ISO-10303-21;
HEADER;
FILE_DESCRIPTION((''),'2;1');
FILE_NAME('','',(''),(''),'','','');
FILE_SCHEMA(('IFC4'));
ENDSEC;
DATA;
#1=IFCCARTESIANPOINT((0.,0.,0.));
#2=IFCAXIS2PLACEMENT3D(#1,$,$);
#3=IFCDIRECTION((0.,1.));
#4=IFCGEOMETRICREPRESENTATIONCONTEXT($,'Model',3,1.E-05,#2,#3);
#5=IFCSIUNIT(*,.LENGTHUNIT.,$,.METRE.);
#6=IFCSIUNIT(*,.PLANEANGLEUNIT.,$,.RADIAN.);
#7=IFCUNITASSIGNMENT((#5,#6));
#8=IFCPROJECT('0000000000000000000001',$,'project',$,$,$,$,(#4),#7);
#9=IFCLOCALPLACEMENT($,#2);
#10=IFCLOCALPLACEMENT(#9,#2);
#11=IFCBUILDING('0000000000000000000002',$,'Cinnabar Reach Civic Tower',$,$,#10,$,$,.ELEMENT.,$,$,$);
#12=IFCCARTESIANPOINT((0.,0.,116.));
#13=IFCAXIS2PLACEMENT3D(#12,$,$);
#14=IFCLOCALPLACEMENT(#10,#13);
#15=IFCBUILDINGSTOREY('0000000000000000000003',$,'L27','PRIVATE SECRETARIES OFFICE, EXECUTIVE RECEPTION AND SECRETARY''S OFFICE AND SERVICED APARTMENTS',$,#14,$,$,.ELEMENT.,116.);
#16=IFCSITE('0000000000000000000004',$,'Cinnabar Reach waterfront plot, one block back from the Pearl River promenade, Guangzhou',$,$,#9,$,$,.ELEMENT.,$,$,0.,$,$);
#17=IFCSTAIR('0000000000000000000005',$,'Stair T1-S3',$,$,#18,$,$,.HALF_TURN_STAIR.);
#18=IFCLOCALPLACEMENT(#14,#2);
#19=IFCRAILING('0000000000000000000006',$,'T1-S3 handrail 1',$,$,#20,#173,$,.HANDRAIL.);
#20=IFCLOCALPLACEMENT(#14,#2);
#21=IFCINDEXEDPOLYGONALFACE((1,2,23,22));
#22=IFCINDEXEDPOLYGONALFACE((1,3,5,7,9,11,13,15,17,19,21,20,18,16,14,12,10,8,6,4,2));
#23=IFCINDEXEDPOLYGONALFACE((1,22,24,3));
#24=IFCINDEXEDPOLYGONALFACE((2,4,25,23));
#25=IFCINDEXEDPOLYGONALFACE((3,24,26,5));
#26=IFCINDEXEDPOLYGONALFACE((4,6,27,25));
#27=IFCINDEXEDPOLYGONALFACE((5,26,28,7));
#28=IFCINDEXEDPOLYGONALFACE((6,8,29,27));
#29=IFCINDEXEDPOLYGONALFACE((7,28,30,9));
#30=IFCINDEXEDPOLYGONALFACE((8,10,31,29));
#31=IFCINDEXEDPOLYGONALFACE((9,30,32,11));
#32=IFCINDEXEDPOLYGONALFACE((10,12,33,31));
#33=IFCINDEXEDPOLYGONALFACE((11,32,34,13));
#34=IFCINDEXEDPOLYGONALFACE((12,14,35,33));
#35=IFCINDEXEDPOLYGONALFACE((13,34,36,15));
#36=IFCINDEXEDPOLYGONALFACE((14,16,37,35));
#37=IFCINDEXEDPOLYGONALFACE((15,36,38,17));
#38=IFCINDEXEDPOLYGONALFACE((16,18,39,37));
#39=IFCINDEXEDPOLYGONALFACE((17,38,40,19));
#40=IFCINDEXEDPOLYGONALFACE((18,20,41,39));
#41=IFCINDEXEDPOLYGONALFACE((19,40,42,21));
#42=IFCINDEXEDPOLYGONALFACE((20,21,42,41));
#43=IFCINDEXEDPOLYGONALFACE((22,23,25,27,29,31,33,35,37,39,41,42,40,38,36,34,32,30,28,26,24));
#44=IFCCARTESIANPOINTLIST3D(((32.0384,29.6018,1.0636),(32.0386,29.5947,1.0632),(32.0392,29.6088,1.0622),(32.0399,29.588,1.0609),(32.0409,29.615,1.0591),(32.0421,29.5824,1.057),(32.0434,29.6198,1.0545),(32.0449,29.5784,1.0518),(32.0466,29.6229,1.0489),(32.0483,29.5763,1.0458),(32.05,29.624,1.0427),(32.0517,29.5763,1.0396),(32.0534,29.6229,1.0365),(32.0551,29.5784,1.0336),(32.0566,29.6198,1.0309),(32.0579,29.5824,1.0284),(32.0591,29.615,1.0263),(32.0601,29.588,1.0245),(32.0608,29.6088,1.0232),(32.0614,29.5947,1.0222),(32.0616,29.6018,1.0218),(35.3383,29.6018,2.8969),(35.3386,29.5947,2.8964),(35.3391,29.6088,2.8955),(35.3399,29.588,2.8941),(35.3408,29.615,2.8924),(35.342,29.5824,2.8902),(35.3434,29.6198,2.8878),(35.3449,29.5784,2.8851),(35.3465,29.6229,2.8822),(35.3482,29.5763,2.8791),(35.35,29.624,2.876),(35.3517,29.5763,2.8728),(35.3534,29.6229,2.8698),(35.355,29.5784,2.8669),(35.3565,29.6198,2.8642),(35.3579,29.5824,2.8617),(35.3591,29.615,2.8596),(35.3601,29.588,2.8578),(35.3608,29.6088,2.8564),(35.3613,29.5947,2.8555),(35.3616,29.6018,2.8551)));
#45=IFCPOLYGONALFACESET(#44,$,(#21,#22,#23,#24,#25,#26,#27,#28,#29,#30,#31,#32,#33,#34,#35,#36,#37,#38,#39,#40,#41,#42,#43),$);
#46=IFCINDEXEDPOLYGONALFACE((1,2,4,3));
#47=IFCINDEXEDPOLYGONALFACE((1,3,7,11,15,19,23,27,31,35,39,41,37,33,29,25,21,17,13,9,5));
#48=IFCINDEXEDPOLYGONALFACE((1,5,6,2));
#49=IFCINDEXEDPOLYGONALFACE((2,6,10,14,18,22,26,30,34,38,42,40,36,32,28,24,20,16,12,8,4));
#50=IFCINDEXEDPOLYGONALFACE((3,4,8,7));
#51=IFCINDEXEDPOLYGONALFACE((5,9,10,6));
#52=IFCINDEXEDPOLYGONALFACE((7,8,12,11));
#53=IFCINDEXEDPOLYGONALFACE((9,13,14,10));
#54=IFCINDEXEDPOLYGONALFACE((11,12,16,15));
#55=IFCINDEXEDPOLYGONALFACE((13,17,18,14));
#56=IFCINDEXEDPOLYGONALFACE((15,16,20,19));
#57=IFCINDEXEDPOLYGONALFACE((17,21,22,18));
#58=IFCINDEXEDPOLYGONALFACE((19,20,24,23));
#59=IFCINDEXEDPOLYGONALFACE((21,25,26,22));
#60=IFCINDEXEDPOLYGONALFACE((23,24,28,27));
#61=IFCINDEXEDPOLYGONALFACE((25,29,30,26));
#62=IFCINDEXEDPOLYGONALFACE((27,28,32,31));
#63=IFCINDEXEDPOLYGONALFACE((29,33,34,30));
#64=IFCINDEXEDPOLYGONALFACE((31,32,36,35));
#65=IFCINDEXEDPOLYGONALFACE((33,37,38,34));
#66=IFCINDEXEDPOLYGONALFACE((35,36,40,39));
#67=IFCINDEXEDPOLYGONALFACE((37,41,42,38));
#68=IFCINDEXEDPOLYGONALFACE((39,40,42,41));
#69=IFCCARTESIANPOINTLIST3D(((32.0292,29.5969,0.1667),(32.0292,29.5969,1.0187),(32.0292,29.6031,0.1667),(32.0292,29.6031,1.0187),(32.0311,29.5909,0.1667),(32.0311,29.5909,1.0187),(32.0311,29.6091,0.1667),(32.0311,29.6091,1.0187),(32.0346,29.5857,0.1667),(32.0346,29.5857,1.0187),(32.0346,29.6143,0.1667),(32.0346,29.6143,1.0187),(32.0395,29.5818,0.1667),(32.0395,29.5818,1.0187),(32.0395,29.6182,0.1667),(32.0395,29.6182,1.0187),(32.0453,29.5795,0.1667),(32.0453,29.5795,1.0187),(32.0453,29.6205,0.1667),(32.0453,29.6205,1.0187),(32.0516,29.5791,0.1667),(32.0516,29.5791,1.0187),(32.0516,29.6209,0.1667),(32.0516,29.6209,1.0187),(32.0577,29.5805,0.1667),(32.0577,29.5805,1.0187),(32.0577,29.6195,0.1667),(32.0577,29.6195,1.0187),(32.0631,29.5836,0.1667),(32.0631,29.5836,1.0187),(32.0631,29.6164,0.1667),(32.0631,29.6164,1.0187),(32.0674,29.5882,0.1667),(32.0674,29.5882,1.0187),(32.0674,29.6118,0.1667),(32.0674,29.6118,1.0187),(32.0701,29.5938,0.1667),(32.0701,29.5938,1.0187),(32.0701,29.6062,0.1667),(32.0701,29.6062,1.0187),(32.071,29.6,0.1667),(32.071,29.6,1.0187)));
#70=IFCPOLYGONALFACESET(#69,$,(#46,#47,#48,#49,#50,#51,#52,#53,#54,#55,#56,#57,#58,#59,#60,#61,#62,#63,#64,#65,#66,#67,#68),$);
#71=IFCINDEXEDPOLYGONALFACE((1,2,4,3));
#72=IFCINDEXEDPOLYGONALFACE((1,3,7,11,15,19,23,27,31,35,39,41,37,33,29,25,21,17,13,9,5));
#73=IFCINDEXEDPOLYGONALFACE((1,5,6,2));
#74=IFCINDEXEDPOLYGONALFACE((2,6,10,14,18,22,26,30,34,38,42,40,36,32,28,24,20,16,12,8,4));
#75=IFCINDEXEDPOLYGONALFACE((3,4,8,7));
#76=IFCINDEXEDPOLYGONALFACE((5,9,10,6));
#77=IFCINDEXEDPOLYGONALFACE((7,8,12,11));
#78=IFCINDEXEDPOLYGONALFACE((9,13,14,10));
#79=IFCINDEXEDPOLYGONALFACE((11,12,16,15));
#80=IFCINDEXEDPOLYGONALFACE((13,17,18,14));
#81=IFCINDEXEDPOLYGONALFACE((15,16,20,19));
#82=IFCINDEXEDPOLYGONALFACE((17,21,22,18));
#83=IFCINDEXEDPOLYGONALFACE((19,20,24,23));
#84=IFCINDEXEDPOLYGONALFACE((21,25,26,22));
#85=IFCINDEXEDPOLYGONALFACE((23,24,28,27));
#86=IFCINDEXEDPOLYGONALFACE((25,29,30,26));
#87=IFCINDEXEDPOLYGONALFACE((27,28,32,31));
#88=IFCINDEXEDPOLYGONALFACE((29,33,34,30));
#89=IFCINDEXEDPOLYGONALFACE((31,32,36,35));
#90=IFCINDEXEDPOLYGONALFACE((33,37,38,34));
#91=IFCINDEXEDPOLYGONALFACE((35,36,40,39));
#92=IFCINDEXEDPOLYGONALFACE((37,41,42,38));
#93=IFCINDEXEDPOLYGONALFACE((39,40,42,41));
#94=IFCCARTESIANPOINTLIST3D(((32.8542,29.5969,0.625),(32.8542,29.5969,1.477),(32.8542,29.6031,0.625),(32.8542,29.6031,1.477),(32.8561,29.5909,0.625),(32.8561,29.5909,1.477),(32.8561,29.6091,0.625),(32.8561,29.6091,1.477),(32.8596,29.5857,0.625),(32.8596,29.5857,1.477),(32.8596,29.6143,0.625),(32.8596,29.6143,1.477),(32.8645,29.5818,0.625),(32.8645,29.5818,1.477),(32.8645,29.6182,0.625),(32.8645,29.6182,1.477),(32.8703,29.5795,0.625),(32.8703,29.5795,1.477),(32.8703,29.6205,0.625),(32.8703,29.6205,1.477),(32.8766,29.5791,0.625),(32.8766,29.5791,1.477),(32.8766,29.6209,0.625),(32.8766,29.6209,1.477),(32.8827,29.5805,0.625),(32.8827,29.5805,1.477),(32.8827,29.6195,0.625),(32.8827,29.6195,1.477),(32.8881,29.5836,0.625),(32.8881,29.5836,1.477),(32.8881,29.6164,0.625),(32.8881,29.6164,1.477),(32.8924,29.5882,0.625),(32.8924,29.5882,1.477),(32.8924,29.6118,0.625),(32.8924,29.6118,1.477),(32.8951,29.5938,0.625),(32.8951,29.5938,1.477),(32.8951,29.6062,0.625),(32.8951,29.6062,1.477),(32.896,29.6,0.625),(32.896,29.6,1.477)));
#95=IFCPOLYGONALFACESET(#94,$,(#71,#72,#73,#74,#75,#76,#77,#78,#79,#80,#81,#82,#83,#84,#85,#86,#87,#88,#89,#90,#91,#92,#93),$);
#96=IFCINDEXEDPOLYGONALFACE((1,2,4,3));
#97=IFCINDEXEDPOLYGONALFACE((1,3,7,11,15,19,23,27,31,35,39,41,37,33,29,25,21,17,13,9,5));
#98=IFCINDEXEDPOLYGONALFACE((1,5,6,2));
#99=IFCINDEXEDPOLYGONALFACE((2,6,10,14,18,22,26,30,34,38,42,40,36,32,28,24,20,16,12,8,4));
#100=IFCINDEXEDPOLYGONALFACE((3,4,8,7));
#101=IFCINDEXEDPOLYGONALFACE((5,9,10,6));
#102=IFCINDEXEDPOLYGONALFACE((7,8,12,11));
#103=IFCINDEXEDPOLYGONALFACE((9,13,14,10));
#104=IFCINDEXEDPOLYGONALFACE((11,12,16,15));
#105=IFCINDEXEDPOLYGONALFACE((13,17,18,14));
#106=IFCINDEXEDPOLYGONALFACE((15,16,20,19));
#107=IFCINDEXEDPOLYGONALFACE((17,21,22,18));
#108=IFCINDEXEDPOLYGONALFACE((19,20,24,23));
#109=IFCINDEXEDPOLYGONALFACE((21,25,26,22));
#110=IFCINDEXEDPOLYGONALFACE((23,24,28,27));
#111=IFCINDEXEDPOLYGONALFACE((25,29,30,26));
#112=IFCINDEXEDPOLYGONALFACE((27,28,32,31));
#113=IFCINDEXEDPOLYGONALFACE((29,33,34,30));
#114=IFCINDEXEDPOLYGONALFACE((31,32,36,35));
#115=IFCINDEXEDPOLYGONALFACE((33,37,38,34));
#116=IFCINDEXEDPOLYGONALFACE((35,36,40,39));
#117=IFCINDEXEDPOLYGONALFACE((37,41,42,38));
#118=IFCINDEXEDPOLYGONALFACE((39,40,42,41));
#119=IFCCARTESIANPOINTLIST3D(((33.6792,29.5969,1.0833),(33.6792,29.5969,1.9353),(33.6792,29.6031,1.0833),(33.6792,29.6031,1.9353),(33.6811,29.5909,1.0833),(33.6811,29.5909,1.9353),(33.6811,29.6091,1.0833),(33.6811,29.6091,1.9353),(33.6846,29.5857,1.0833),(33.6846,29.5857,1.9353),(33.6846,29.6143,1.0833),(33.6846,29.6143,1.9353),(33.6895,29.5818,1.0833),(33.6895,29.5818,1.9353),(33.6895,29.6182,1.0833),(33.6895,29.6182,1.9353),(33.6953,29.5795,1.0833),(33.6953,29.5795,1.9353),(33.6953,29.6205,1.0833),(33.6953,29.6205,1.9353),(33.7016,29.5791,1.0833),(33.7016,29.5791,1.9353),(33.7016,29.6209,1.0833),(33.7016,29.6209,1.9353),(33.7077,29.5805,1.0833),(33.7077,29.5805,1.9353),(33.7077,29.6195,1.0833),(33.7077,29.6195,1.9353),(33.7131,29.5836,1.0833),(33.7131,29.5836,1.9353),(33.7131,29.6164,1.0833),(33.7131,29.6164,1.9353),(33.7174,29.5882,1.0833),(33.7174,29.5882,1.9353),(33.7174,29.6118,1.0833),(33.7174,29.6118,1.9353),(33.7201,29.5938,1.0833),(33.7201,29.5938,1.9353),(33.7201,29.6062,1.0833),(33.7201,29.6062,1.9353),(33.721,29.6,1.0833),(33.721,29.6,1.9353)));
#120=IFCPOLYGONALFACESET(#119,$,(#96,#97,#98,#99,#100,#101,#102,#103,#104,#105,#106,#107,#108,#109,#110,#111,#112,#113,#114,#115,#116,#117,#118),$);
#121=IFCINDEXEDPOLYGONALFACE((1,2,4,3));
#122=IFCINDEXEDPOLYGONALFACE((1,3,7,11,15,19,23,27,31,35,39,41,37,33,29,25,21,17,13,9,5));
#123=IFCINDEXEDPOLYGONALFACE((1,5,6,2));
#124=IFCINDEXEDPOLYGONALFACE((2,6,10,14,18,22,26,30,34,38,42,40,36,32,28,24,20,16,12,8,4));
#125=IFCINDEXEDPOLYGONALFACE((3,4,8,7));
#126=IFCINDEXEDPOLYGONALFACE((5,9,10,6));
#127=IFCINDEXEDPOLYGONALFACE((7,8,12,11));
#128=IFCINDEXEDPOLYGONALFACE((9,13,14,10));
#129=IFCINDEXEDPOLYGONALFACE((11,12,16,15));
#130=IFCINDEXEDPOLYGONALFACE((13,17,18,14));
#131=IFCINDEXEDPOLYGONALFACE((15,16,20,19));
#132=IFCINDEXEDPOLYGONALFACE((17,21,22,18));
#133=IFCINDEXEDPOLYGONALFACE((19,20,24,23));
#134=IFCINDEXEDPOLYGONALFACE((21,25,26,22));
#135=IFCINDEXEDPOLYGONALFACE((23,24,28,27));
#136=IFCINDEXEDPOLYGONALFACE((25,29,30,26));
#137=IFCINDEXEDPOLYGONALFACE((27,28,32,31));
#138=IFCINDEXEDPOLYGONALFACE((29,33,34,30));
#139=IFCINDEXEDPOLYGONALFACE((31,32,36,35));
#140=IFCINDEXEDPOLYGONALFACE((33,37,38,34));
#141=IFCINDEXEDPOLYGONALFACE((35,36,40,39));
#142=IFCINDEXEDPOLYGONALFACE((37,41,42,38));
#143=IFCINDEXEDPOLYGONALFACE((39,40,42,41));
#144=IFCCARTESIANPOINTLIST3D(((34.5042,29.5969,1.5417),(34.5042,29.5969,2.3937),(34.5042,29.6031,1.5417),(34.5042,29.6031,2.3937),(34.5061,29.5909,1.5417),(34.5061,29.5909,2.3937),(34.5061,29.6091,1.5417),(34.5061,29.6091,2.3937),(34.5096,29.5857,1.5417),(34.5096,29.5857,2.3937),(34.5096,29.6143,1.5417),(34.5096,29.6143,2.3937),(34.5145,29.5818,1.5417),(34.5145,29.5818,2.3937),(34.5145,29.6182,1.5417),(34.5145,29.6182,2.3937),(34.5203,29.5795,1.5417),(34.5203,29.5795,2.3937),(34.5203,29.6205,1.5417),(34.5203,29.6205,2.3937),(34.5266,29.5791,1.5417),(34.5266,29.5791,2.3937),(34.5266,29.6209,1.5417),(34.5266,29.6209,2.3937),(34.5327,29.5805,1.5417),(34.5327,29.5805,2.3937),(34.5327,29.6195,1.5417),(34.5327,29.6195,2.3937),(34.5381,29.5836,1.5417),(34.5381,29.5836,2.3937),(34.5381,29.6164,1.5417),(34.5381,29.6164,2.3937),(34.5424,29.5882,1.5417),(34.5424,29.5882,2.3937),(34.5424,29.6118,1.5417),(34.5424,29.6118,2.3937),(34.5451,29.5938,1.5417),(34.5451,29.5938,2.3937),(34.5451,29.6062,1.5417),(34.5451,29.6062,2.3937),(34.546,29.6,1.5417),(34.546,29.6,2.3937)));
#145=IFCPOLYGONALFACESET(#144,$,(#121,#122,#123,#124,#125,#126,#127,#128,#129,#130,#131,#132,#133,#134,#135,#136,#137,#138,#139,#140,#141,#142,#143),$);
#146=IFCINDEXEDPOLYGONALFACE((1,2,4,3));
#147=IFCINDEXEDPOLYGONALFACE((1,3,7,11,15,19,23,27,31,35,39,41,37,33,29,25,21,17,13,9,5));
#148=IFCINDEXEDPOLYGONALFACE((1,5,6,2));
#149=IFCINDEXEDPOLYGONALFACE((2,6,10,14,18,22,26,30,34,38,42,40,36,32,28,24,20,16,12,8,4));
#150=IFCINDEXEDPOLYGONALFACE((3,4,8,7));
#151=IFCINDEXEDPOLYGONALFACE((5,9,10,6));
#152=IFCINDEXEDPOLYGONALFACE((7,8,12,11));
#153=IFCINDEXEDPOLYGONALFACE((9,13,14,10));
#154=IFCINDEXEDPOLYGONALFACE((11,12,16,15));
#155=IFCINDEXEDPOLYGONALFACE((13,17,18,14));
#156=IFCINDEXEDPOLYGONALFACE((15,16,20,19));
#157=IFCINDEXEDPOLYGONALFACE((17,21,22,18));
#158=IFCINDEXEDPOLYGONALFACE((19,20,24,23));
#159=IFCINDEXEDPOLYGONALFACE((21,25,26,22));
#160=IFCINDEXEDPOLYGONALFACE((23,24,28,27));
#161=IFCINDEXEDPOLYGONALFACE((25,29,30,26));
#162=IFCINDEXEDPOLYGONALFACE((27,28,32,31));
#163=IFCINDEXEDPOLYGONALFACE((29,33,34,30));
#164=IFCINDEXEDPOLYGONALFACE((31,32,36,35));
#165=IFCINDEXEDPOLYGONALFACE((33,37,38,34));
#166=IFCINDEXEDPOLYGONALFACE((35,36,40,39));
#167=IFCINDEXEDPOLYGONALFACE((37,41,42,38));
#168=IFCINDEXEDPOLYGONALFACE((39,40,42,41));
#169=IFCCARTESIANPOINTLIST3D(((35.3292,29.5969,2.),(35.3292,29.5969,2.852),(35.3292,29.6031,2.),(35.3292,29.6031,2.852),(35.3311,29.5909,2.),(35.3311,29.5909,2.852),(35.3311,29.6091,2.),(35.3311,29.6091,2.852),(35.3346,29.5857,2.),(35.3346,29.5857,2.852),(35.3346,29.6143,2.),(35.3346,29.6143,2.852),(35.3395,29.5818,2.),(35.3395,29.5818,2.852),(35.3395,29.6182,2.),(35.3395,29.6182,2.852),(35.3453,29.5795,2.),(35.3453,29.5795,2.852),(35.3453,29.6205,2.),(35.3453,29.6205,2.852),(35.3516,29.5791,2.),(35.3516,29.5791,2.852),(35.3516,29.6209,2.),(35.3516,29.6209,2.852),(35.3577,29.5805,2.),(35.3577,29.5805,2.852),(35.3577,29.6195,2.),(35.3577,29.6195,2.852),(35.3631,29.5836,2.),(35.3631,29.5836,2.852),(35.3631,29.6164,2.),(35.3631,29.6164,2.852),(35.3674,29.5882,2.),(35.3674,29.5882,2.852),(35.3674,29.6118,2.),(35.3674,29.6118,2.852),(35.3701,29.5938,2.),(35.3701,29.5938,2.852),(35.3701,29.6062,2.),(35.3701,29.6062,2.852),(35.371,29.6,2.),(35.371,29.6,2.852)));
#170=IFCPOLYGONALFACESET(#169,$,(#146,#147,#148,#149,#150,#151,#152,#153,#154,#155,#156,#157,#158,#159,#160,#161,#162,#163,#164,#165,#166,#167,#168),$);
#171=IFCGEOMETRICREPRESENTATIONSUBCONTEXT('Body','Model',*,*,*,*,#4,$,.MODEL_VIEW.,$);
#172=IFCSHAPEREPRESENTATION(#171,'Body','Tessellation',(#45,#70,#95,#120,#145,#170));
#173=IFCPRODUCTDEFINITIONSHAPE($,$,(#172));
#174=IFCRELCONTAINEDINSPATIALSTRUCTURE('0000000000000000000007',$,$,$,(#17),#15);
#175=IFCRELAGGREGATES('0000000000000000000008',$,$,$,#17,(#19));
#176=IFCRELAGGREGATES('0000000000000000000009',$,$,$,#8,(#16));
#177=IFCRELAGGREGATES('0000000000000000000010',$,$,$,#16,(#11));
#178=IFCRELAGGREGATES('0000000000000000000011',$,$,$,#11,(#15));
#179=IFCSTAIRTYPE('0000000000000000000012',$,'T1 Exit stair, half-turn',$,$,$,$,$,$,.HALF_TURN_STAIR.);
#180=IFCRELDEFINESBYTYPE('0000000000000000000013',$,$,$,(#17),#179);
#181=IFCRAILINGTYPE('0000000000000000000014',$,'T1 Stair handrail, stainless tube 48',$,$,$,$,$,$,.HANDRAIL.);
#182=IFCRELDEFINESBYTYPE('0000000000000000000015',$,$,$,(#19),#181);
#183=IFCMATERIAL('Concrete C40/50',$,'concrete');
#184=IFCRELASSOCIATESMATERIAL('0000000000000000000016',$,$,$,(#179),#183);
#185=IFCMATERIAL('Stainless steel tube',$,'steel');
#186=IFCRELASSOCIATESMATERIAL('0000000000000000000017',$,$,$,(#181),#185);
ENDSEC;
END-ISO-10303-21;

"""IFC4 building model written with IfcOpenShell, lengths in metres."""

from ifc_helpers import new_model, si_unit, direction, frame, origin, origin_2d, place, context, subcontext, project, spatial, circle, extrude, material, type_object, element, aggregate, save


model = new_model("IFC4")

# Units and contexts
model_context = context("Model", 3, precision=1e-05, world=origin(), true_north=direction((0.0, 1.0)))
body_context = subcontext(model_context, "Body", "Model", "MODEL_VIEW")
ifc_project = project(units=[si_unit("LENGTHUNIT", "METRE"), si_unit("PLANEANGLEUNIT", "RADIAN")], contexts=[model_context])

# Site, building, storey
site_placement = place(None, origin())
site = spatial("IfcSite", under=ifc_project, at=site_placement, Name="Cinnabar Reach waterfront plot, one block back from the Pearl River promenade, Guangzhou", CompositionType="ELEMENT", RefElevation=0.0)
building_placement = place(site_placement, origin())
building = spatial("IfcBuilding", under=site, at=building_placement, Name="Cinnabar Reach Civic Tower", CompositionType="ELEMENT")
storey_placement = place(building_placement, frame((0.0, 0.0, 116.0)))
storey = spatial("IfcBuildingStorey", under=building, at=storey_placement, Name="L27", Description="PRIVATE SECRETARIES OFFICE, EXECUTIVE RECEPTION AND SECRETARY'S OFFICE AND SERVICED APARTMENTS", CompositionType="ELEMENT", Elevation=116.0)

# Stair, railing
ifc_material_1 = material(Name="Concrete C40/50", Category="concrete")
stair_type = type_object("IfcStairType", Name="T1 Exit stair, half-turn", PredefinedType="HALF_TURN_STAIR", material=ifc_material_1)
stair_placement = place(storey_placement, origin())
stair = element("IfcStair", 1, at=stair_placement, inside=storey, type_object=stair_type, Name="Stair T1-S3", PredefinedType="HALF_TURN_STAIR")
ifc_material_2 = material(Name="Stainless steel tube", Category="steel")
railing_type = type_object("IfcRailingType", Name="T1 Stair handrail, stainless tube 48", PredefinedType="HANDRAIL", material=ifc_material_2)
railing_1_placement = place(storey_placement, frame((32.05, 29.6, 0.1667)))
railing_1 = element("IfcRailing", 2, at=railing_1_placement, type_object=railing_type, Name="T1-S3 handrail 1", PredefinedType="HANDRAIL", context=body_context, shape_type="SweptSolid", body=[
    extrude(circle(Radius=0.024, at=origin_2d()), frame((0.0, 0.0, 0.876), z_axis=(0.874161, 0.0, 0.485636), x_axis=(0.0, 1.0, 0.0)), (0.0, 0.0, 1.0), 3.775),
    extrude(circle(Radius=0.021, at=origin_2d()), origin(), (0.0, 0.0, 1.0), 0.852),
    extrude(circle(Radius=0.021, at=origin_2d()), frame((0.825, 0.0, 0.4583)), (0.0, 0.0, 1.0), 0.852),
    extrude(circle(Radius=0.021, at=origin_2d()), frame((1.65, 0.0, 0.9166)), (0.0, 0.0, 1.0), 0.852),
    extrude(circle(Radius=0.021, at=origin_2d()), frame((2.475, 0.0, 1.375)), (0.0, 0.0, 1.0), 0.852),
    extrude(circle(Radius=0.021, at=origin_2d()), frame((3.3, 0.0, 1.8333)), (0.0, 0.0, 1.0), 0.852),
])
aggregate(stair, [railing_1])

save(model, "model.ifc")
